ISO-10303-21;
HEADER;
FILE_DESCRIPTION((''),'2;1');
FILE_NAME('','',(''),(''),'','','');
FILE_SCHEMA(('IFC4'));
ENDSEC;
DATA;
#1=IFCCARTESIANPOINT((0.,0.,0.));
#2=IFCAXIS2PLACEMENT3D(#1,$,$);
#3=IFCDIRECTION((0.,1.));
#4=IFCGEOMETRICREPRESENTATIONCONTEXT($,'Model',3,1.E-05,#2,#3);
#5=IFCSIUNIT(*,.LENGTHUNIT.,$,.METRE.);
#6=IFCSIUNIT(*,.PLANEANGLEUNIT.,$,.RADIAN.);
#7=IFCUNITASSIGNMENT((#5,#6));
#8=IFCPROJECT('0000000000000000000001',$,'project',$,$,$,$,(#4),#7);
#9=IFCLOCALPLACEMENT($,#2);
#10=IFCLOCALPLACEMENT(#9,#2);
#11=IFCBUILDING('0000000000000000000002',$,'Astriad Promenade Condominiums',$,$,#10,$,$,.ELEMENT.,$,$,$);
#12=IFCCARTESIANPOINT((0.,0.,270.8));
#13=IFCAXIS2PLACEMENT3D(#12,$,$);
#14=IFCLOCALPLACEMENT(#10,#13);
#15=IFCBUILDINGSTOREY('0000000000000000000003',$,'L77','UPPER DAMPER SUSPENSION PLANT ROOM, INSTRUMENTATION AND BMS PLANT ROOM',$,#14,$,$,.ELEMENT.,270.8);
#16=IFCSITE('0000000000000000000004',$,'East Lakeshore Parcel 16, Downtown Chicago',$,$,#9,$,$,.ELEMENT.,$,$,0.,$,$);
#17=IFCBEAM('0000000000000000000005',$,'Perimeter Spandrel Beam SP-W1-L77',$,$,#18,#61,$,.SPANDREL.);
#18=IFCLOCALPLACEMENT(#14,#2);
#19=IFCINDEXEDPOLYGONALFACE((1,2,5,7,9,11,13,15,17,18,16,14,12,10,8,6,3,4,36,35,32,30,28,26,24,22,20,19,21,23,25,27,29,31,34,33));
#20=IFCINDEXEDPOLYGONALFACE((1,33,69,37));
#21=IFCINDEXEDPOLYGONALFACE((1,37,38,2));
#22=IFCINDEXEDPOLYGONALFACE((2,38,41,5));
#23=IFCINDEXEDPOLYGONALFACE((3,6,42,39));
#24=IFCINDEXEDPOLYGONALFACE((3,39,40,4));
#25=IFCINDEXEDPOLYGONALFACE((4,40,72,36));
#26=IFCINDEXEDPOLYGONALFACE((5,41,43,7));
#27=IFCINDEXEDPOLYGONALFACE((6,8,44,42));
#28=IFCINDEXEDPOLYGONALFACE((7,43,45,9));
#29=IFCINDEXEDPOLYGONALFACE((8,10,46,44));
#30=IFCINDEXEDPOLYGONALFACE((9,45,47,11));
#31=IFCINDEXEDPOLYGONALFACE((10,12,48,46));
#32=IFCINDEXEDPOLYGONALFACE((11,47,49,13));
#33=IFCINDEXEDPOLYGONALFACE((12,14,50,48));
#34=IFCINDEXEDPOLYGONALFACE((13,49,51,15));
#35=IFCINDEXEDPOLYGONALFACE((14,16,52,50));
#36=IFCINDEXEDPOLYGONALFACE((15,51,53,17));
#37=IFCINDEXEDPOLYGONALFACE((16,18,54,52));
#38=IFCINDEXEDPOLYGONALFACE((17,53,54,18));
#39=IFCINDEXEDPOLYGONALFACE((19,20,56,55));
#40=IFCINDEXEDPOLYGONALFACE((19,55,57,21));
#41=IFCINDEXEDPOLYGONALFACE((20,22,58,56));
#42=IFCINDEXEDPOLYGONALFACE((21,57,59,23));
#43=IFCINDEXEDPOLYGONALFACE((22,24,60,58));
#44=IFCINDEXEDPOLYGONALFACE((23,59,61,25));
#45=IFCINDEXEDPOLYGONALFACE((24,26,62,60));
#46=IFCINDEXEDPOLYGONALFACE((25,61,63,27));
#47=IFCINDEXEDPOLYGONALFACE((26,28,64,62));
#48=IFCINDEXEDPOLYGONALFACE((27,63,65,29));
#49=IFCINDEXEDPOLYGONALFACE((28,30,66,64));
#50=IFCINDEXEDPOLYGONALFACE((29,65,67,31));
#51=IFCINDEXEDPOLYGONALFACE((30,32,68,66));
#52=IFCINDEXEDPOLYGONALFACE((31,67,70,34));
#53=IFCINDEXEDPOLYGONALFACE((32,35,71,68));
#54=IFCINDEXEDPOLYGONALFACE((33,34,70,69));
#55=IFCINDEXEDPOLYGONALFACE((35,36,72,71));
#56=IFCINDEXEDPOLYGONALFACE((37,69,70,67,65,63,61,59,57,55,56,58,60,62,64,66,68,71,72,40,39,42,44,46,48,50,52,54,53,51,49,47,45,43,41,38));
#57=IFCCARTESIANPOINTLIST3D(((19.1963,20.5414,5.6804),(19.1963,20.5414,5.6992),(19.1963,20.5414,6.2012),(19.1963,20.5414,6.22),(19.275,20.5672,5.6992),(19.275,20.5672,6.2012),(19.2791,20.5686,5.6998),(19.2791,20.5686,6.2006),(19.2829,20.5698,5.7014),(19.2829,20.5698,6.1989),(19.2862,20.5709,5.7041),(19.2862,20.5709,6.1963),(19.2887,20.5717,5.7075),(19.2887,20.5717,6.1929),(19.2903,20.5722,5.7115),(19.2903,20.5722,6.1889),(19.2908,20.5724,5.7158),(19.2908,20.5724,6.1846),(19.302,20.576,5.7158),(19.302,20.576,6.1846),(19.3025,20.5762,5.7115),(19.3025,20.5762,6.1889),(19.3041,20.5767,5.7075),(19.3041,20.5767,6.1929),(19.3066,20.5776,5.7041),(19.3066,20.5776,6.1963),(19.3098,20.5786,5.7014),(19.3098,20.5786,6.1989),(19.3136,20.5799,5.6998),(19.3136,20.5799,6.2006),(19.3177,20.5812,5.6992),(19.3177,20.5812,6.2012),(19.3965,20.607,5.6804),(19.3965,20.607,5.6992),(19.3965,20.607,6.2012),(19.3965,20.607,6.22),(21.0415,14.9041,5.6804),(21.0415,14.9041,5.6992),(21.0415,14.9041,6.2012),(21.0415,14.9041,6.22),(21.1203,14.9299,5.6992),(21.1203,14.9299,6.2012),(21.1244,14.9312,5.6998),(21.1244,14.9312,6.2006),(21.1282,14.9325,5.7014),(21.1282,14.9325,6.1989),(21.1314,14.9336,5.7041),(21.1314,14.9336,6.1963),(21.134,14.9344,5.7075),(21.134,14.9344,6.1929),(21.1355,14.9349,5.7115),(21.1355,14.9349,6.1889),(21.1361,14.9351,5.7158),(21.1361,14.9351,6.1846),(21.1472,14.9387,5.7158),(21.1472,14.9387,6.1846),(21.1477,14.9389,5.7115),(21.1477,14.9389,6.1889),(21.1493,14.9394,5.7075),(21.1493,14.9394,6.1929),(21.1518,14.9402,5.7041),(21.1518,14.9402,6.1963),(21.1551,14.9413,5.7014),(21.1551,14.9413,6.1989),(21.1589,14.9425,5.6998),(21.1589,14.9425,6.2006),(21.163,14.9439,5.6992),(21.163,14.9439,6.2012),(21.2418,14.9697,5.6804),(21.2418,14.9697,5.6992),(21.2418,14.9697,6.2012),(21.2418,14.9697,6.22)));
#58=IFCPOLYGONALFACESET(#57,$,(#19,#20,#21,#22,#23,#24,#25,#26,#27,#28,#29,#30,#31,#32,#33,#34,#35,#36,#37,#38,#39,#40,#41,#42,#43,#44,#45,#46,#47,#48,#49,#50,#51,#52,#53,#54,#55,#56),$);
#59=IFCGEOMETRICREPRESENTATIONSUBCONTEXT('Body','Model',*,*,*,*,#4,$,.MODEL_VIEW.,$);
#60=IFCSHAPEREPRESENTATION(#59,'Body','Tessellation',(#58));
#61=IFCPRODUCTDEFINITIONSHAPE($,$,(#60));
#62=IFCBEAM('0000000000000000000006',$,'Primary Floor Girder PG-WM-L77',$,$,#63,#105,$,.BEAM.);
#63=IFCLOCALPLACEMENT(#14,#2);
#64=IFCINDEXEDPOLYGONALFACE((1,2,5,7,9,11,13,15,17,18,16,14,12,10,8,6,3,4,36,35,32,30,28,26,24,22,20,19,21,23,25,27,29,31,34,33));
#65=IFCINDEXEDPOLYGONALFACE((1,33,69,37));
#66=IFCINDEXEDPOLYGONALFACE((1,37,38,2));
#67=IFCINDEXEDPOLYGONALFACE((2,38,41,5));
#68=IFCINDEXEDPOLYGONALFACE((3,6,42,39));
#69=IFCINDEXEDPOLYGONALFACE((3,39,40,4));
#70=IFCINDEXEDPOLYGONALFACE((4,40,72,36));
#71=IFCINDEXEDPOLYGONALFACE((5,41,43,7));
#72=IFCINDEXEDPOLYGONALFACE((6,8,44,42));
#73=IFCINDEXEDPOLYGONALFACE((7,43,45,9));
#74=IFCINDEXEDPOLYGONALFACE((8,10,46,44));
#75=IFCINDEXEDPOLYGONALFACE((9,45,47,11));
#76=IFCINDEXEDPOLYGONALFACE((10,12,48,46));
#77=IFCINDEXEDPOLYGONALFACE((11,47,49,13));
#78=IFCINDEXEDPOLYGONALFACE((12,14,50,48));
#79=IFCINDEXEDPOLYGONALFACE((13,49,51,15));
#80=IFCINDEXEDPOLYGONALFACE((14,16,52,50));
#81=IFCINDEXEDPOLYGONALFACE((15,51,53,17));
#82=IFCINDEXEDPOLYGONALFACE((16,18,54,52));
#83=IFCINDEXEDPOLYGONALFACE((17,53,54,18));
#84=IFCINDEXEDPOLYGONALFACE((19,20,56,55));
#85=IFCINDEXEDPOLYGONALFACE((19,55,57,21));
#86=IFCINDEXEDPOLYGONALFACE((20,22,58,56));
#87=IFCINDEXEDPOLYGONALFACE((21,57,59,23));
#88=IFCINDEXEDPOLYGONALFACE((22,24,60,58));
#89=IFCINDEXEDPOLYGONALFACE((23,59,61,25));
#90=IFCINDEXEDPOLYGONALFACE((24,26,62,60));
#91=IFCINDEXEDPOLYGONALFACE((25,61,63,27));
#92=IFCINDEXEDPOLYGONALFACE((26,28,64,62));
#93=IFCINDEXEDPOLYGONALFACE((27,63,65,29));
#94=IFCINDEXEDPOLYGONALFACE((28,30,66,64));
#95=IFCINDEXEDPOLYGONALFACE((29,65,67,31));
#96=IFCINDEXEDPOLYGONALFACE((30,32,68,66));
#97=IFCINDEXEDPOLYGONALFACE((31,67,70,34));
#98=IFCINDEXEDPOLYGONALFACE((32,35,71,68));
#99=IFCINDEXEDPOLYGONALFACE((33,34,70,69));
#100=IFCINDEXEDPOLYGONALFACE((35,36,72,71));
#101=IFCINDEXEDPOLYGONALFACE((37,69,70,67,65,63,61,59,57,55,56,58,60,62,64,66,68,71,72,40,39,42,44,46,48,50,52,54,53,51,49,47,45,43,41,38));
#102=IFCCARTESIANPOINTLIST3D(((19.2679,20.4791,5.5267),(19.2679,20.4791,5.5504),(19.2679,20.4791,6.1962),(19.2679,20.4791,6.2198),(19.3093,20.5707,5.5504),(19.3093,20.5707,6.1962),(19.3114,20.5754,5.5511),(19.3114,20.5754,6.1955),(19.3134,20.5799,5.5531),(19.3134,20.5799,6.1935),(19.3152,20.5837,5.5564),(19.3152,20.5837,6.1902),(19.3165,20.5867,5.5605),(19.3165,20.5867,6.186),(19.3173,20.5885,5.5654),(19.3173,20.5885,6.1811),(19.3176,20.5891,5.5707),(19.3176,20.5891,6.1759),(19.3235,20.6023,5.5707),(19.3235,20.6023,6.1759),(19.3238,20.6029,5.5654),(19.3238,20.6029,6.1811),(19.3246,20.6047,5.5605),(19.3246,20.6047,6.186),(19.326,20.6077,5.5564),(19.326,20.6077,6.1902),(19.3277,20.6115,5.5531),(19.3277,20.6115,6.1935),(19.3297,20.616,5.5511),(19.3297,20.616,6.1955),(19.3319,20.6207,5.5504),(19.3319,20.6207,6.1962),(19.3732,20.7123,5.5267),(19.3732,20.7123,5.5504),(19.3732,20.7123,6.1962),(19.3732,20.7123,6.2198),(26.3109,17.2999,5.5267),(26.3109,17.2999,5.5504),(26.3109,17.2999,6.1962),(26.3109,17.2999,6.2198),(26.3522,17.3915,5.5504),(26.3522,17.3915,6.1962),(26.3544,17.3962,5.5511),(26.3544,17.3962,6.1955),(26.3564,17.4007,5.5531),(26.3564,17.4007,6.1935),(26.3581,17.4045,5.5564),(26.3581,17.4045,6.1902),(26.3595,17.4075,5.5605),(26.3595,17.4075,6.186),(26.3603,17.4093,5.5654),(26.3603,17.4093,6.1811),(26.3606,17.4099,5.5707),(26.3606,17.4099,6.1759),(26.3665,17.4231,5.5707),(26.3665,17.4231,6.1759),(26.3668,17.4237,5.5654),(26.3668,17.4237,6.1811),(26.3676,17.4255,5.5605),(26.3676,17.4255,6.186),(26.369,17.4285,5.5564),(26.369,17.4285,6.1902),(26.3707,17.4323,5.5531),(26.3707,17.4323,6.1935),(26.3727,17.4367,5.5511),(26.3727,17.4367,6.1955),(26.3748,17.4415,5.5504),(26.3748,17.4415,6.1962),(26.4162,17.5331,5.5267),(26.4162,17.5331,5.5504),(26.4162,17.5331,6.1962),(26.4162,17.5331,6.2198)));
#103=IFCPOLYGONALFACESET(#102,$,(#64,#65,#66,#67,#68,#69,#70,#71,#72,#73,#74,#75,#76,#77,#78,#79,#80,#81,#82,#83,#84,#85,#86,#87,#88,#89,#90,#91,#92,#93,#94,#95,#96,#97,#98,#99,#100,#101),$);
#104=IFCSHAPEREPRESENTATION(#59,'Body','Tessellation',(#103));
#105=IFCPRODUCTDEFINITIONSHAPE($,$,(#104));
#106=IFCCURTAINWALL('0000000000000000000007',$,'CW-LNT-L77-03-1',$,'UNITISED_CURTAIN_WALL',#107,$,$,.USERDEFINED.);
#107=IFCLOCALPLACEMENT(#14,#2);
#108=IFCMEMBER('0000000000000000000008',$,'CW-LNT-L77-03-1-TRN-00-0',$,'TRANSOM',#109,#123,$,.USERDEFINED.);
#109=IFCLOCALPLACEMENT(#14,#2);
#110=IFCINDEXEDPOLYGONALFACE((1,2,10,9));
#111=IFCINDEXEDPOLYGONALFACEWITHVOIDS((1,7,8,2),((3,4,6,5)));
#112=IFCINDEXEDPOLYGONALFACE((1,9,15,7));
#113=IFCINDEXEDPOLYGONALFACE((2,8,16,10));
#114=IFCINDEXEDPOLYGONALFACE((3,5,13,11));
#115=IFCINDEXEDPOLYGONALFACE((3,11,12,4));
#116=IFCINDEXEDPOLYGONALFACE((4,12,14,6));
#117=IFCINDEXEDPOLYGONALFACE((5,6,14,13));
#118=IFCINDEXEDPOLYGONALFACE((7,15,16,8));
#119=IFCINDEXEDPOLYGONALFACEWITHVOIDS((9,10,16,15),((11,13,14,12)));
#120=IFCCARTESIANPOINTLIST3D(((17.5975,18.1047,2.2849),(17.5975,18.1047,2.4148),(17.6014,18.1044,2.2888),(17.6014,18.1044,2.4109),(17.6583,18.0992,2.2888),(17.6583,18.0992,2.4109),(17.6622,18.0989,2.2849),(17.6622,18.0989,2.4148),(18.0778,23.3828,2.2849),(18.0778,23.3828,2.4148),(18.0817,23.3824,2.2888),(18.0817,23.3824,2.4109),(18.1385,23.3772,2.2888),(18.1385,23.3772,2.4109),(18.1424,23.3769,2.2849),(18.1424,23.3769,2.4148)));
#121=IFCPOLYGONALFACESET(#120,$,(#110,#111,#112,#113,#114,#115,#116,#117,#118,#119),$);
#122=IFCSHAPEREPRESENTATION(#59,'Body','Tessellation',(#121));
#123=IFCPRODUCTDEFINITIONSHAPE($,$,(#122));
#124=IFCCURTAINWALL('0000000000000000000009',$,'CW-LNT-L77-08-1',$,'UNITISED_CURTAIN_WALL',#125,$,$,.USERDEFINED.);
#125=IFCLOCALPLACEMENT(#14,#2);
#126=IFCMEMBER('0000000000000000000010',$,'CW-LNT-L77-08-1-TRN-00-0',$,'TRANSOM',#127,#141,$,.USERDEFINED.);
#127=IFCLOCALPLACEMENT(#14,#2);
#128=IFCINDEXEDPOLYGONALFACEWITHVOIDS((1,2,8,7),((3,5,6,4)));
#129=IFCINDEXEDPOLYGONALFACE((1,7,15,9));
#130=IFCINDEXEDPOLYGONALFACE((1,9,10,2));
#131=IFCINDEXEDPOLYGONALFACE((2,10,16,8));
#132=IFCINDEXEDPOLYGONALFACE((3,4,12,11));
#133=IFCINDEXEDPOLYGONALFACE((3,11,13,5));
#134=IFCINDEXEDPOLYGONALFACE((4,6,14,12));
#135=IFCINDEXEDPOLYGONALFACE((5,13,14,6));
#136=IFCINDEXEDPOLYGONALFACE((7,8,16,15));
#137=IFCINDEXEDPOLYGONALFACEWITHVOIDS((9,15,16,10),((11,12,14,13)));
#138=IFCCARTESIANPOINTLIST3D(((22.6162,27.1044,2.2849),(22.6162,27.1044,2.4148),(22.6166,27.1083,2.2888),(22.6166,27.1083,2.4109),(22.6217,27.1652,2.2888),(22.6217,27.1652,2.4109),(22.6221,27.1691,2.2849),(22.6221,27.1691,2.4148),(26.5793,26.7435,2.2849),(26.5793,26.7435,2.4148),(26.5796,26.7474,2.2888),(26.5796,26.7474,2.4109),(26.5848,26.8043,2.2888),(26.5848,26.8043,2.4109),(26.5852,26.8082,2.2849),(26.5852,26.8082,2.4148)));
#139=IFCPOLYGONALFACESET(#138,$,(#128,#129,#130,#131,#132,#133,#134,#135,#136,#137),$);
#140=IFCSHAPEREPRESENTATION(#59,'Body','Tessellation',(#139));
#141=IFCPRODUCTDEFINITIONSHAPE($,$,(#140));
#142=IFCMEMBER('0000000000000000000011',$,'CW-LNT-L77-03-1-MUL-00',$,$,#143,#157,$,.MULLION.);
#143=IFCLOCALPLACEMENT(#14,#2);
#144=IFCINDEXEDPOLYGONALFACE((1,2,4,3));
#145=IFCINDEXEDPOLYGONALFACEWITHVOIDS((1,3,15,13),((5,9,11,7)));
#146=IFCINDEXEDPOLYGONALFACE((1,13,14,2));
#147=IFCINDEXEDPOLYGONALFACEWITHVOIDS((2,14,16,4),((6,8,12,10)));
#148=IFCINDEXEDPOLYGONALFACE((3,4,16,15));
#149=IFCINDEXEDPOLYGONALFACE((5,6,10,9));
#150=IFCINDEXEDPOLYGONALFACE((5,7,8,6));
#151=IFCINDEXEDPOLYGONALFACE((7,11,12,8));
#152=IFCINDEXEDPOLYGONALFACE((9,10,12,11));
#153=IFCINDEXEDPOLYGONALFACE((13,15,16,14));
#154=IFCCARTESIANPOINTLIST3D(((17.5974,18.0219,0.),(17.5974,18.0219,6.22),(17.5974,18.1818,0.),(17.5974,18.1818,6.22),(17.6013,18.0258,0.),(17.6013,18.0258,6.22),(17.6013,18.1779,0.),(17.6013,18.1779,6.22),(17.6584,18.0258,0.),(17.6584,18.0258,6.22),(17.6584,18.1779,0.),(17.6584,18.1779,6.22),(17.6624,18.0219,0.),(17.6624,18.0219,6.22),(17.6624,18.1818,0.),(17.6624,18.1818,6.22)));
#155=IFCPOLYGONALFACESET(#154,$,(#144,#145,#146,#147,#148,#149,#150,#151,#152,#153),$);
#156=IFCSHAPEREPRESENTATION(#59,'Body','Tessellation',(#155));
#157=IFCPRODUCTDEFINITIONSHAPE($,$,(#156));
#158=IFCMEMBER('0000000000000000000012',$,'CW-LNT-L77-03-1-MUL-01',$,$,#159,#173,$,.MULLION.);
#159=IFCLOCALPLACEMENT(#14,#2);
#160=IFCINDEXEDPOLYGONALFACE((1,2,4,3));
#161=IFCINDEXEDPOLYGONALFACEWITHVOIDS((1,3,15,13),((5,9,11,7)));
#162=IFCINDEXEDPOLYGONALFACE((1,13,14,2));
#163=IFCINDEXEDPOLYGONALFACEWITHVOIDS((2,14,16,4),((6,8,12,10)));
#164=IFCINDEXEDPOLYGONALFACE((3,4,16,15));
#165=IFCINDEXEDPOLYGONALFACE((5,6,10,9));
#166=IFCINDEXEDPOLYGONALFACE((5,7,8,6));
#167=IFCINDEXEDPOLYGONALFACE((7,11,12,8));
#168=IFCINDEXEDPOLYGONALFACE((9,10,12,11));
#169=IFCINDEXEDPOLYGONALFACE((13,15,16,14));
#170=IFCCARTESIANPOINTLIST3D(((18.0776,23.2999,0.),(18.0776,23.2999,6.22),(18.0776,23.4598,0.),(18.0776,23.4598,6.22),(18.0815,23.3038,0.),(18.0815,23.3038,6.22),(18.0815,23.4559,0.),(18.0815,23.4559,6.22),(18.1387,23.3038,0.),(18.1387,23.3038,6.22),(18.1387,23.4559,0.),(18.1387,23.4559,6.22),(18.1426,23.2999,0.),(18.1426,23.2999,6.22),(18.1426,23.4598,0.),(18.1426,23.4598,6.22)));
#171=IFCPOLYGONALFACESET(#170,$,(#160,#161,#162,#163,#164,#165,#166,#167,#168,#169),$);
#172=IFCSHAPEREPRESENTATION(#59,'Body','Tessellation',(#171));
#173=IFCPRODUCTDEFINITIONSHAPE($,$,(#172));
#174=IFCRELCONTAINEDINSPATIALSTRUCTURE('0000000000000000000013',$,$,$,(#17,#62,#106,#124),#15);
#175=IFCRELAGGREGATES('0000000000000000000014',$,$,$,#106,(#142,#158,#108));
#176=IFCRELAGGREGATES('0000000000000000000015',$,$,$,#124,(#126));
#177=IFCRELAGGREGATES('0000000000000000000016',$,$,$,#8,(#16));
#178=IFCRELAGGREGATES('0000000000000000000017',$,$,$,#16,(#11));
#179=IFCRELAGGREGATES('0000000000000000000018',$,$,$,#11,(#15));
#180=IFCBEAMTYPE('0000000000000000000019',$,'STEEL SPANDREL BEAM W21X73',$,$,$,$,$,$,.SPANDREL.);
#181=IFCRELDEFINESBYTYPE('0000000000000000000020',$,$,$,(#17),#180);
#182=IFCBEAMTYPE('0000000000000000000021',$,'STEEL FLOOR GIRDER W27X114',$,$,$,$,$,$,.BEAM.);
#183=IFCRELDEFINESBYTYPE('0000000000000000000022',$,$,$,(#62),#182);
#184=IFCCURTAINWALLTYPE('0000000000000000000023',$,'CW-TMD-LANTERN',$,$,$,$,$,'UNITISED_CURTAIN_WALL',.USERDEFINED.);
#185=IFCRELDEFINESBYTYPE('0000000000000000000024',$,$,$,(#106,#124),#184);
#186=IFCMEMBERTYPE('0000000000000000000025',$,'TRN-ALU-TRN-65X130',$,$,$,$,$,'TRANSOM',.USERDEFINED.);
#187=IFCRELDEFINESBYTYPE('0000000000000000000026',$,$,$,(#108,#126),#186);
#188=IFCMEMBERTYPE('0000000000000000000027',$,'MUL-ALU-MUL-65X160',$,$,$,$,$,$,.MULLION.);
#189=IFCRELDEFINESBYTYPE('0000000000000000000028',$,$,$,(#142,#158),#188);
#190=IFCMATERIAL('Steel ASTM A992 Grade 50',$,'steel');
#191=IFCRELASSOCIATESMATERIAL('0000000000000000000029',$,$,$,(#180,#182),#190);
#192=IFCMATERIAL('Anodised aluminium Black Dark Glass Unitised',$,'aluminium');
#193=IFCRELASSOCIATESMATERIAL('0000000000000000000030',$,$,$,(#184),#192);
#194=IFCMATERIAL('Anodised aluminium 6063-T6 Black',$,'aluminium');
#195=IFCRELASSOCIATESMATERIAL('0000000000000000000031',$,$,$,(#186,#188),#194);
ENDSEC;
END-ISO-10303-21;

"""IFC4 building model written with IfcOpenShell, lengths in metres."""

from ifc_helpers import new_model, si_unit, direction, frame, origin, origin_2d, place, context, subcontext, project, spatial, hollow_rectangle, i_section, extrude, source, transform, mapped, material, material_profile, profile_set, type_object, type_shapes, element, aggregate, save


model = new_model("IFC4")

# Units and contexts
model_context = context("Model", 3, precision=1e-05, world=origin(), true_north=direction((0.0, 1.0)))
body_context = subcontext(model_context, "Body", "Model", "MODEL_VIEW")
ifc_project = project(units=[si_unit("LENGTHUNIT", "METRE"), si_unit("PLANEANGLEUNIT", "RADIAN")], contexts=[model_context])

# Site, building, storey
site_placement = place(None, origin())
site = spatial("IfcSite", under=ifc_project, at=site_placement, Name="East Lakeshore Parcel 16, Downtown Chicago", CompositionType="ELEMENT", RefElevation=0.0)
building_placement = place(site_placement, origin())
building = spatial("IfcBuilding", under=site, at=building_placement, Name="Astriad Promenade Condominiums", CompositionType="ELEMENT")
storey_placement = place(building_placement, frame((0.0, 0.0, 270.8)))
storey = spatial("IfcBuildingStorey", under=building, at=storey_placement, Name="L77", Description="UPPER DAMPER SUSPENSION PLANT ROOM, INSTRUMENTATION AND BMS PLANT ROOM", CompositionType="ELEMENT", Elevation=270.8)

# Shared definitions
ifc_material_1 = material(Name="Steel ASTM A992 Grade 50", Category="steel")

# Beams
ifc_material_profile_1 = material_profile(ifc_material_1, i_section(OverallWidth=0.2107, OverallDepth=0.5396, WebThickness=0.0117, FlangeThickness=0.0188, FilletRadius=0.0166, at=origin_2d()), Name="W21X73")
ifc_profile_set_1 = profile_set([ifc_material_profile_1], Name="Steel ASTM A992 Grade 50")
beam_type_1 = type_object("IfcBeamType", Name="STEEL SPANDREL BEAM W21X73", PredefinedType="SPANDREL", material=ifc_profile_set_1)
shared_shape_1 = source(origin(), body_context, "Body", "SweptSolid", [
    extrude(i_section(OverallWidth=0.2107, OverallDepth=0.5396, WebThickness=0.0117, FlangeThickness=0.0188, FilletRadius=0.0166, at=origin_2d()), origin(), (0.0, 0.0, 1.0), 5.9316),
])
beam_1_placement = place(storey_placement, frame((19.2964, 20.5742, 5.9502), z_axis=(0.311086, -0.950382, 0.0), x_axis=(0.950382, 0.311086, 0.0)))
element("IfcBeam", 1, at=beam_1_placement, inside=storey, type_object=beam_type_1, Name="Perimeter Spandrel Beam SP-W1-L77", PredefinedType="SPANDREL", context=body_context, shape_type="MappedRepresentation", body=[
    mapped(shared_shape_1, transform((0.0, 0.0, 0.0), scale=1.0)),
])
ifc_material_profile_2 = material_profile(ifc_material_1, i_section(OverallWidth=0.2559, OverallDepth=0.6931, WebThickness=0.0144, FlangeThickness=0.0237, FilletRadius=0.0203, at=origin_2d()), Name="W27X114")
ifc_profile_set_2 = profile_set([ifc_material_profile_2], Name="Steel ASTM A992 Grade 50")
beam_type_2 = type_object("IfcBeamType", Name="STEEL FLOOR GIRDER W27X114", PredefinedType="BEAM", material=ifc_profile_set_2)
shared_shape_2 = source(origin(), body_context, "Body", "SweptSolid", [
    extrude(i_section(OverallWidth=0.2559, OverallDepth=0.6931, WebThickness=0.0144, FlangeThickness=0.0237, FilletRadius=0.0203, at=origin_2d()), origin(), (0.0, 0.0, 1.0), 7.7273),
])
type_shapes(beam_type_2, [shared_shape_2])
beam_2_placement = place(storey_placement, frame((19.3206, 20.5957, 5.8733), z_axis=(0.911443, -0.411426, 0.0), x_axis=(0.411426, 0.911443, 0.0)))
element("IfcBeam", 2, at=beam_2_placement, inside=storey, type_object=beam_type_2, Name="Primary Floor Girder PG-WM-L77", PredefinedType="BEAM", context=body_context, shape_type="MappedRepresentation", body=[
    mapped(shared_shape_2, transform((0.0, 0.0, 0.0), scale=1.0)),
])

# Curtain walls, members
ifc_material_2 = material(Name="Anodised aluminium Black Dark Glass Unitised", Category="aluminium")
curtain_wall_type = type_object("IfcCurtainWallType", Name="CW-TMD-LANTERN", ElementType="UNITISED_CURTAIN_WALL", PredefinedType="USERDEFINED", material=ifc_material_2)
curtain_wall_1_placement = place(storey_placement, origin())
curtain_wall_1 = element("IfcCurtainWall", 3, at=curtain_wall_1_placement, inside=storey, type_object=curtain_wall_type, Name="CW-LNT-L77-03-1", ObjectType="UNITISED_CURTAIN_WALL", PredefinedType="USERDEFINED")
ifc_material_3 = material(Name="Anodised aluminium 6063-T6 Black", Category="aluminium")
ifc_material_profile_3 = material_profile(ifc_material_3, hollow_rectangle(XDim=0.0649, YDim=0.1299, WallThickness=0.0039, at=origin_2d()), Name="ALU-TRN-65X130")
ifc_profile_set_3 = profile_set([ifc_material_profile_3], Name="Anodised aluminium 6063-T6 Black")
member_type_1 = type_object("IfcMemberType", Name="TRN-ALU-TRN-65X130", ElementType="TRANSOM", PredefinedType="USERDEFINED", material=ifc_profile_set_3)
shared_shape_3 = source(origin(), body_context, "Body", "SweptSolid", [
    extrude(hollow_rectangle(XDim=0.0649, YDim=0.1299, WallThickness=0.0039, at=origin_2d()), origin(), (0.0, 0.0, 1.0), 5.2998),
])
member_1_placement = place(storey_placement, frame((17.6299, 18.1018, 2.3499), z_axis=(0.090611, 0.995886, 0.0), x_axis=(-0.995886, 0.090611, 0.0)))
member_1 = element("IfcMember", 4, at=member_1_placement, type_object=member_type_1, Name="CW-LNT-L77-03-1-TRN-00-0", ObjectType="TRANSOM", PredefinedType="USERDEFINED", context=body_context, shape_type="MappedRepresentation", body=[
    mapped(shared_shape_3, transform((0.0, 0.0, 0.0), scale=1.0)),
])
curtain_wall_2_placement = place(storey_placement, origin())
curtain_wall_2 = element("IfcCurtainWall", 5, at=curtain_wall_2_placement, inside=storey, type_object=curtain_wall_type, Name="CW-LNT-L77-08-1", ObjectType="UNITISED_CURTAIN_WALL", PredefinedType="USERDEFINED")
shared_shape_4 = source(origin(), body_context, "Body", "SweptSolid", [
    extrude(hollow_rectangle(XDim=0.0649, YDim=0.1299, WallThickness=0.0039, at=origin_2d()), origin(), (0.0, 0.0, 1.0), 3.9795),
])
type_shapes(member_type_1, [shared_shape_3, shared_shape_4])
member_2_placement = place(storey_placement, frame((22.6191, 27.1367, 2.3499), z_axis=(0.995881, -0.090674, 0.0), x_axis=(0.090674, 0.995881, 0.0)))
member_2 = element("IfcMember", 6, at=member_2_placement, type_object=member_type_1, Name="CW-LNT-L77-08-1-TRN-00-0", ObjectType="TRANSOM", PredefinedType="USERDEFINED", context=body_context, shape_type="MappedRepresentation", body=[
    mapped(shared_shape_4, transform((0.0, 0.0, 0.0), scale=1.0)),
])

# Members
ifc_material_profile_4 = material_profile(ifc_material_3, hollow_rectangle(XDim=0.0649, YDim=0.1599, WallThickness=0.0039, at=origin_2d()), Name="ALU-MUL-65X160")
ifc_profile_set_4 = profile_set([ifc_material_profile_4], Name="Anodised aluminium 6063-T6 Black")
member_type_2 = type_object("IfcMemberType", Name="MUL-ALU-MUL-65X160", PredefinedType="MULLION", material=ifc_profile_set_4)
shared_shape_5 = source(origin(), body_context, "Body", "SweptSolid", [
    extrude(hollow_rectangle(XDim=0.0649, YDim=0.1599, WallThickness=0.0039, at=origin_2d()), origin(), (0.0, 0.0, 1.0), 6.22),
])
type_shapes(member_type_2, [shared_shape_5])
member_3_placement = place(storey_placement, frame((17.6299, 18.1018, 0.0), z_axis=(0.0, 0.0, 1.0), x_axis=(1.0, 0.0, 0.0)))
member_3 = element("IfcMember", 7, at=member_3_placement, type_object=member_type_2, Name="CW-LNT-L77-03-1-MUL-00", PredefinedType="MULLION", context=body_context, shape_type="MappedRepresentation", body=[
    mapped(shared_shape_5, transform((0.0, 0.0, 0.0), scale=1.0)),
])
member_4_placement = place(storey_placement, frame((18.1101, 23.3799, 0.0), z_axis=(0.0, 0.0, 1.0), x_axis=(1.0, 0.0, 0.0)))
member_4 = element("IfcMember", 8, at=member_4_placement, type_object=member_type_2, Name="CW-LNT-L77-03-1-MUL-01", PredefinedType="MULLION", context=body_context, shape_type="MappedRepresentation", body=[
    mapped(shared_shape_5, transform((0.0, 0.0, 0.0), scale=1.0)),
])

aggregate(curtain_wall_1, [member_3, member_4, member_1])
aggregate(curtain_wall_2, [member_2])

save(model, "model.ifc")
